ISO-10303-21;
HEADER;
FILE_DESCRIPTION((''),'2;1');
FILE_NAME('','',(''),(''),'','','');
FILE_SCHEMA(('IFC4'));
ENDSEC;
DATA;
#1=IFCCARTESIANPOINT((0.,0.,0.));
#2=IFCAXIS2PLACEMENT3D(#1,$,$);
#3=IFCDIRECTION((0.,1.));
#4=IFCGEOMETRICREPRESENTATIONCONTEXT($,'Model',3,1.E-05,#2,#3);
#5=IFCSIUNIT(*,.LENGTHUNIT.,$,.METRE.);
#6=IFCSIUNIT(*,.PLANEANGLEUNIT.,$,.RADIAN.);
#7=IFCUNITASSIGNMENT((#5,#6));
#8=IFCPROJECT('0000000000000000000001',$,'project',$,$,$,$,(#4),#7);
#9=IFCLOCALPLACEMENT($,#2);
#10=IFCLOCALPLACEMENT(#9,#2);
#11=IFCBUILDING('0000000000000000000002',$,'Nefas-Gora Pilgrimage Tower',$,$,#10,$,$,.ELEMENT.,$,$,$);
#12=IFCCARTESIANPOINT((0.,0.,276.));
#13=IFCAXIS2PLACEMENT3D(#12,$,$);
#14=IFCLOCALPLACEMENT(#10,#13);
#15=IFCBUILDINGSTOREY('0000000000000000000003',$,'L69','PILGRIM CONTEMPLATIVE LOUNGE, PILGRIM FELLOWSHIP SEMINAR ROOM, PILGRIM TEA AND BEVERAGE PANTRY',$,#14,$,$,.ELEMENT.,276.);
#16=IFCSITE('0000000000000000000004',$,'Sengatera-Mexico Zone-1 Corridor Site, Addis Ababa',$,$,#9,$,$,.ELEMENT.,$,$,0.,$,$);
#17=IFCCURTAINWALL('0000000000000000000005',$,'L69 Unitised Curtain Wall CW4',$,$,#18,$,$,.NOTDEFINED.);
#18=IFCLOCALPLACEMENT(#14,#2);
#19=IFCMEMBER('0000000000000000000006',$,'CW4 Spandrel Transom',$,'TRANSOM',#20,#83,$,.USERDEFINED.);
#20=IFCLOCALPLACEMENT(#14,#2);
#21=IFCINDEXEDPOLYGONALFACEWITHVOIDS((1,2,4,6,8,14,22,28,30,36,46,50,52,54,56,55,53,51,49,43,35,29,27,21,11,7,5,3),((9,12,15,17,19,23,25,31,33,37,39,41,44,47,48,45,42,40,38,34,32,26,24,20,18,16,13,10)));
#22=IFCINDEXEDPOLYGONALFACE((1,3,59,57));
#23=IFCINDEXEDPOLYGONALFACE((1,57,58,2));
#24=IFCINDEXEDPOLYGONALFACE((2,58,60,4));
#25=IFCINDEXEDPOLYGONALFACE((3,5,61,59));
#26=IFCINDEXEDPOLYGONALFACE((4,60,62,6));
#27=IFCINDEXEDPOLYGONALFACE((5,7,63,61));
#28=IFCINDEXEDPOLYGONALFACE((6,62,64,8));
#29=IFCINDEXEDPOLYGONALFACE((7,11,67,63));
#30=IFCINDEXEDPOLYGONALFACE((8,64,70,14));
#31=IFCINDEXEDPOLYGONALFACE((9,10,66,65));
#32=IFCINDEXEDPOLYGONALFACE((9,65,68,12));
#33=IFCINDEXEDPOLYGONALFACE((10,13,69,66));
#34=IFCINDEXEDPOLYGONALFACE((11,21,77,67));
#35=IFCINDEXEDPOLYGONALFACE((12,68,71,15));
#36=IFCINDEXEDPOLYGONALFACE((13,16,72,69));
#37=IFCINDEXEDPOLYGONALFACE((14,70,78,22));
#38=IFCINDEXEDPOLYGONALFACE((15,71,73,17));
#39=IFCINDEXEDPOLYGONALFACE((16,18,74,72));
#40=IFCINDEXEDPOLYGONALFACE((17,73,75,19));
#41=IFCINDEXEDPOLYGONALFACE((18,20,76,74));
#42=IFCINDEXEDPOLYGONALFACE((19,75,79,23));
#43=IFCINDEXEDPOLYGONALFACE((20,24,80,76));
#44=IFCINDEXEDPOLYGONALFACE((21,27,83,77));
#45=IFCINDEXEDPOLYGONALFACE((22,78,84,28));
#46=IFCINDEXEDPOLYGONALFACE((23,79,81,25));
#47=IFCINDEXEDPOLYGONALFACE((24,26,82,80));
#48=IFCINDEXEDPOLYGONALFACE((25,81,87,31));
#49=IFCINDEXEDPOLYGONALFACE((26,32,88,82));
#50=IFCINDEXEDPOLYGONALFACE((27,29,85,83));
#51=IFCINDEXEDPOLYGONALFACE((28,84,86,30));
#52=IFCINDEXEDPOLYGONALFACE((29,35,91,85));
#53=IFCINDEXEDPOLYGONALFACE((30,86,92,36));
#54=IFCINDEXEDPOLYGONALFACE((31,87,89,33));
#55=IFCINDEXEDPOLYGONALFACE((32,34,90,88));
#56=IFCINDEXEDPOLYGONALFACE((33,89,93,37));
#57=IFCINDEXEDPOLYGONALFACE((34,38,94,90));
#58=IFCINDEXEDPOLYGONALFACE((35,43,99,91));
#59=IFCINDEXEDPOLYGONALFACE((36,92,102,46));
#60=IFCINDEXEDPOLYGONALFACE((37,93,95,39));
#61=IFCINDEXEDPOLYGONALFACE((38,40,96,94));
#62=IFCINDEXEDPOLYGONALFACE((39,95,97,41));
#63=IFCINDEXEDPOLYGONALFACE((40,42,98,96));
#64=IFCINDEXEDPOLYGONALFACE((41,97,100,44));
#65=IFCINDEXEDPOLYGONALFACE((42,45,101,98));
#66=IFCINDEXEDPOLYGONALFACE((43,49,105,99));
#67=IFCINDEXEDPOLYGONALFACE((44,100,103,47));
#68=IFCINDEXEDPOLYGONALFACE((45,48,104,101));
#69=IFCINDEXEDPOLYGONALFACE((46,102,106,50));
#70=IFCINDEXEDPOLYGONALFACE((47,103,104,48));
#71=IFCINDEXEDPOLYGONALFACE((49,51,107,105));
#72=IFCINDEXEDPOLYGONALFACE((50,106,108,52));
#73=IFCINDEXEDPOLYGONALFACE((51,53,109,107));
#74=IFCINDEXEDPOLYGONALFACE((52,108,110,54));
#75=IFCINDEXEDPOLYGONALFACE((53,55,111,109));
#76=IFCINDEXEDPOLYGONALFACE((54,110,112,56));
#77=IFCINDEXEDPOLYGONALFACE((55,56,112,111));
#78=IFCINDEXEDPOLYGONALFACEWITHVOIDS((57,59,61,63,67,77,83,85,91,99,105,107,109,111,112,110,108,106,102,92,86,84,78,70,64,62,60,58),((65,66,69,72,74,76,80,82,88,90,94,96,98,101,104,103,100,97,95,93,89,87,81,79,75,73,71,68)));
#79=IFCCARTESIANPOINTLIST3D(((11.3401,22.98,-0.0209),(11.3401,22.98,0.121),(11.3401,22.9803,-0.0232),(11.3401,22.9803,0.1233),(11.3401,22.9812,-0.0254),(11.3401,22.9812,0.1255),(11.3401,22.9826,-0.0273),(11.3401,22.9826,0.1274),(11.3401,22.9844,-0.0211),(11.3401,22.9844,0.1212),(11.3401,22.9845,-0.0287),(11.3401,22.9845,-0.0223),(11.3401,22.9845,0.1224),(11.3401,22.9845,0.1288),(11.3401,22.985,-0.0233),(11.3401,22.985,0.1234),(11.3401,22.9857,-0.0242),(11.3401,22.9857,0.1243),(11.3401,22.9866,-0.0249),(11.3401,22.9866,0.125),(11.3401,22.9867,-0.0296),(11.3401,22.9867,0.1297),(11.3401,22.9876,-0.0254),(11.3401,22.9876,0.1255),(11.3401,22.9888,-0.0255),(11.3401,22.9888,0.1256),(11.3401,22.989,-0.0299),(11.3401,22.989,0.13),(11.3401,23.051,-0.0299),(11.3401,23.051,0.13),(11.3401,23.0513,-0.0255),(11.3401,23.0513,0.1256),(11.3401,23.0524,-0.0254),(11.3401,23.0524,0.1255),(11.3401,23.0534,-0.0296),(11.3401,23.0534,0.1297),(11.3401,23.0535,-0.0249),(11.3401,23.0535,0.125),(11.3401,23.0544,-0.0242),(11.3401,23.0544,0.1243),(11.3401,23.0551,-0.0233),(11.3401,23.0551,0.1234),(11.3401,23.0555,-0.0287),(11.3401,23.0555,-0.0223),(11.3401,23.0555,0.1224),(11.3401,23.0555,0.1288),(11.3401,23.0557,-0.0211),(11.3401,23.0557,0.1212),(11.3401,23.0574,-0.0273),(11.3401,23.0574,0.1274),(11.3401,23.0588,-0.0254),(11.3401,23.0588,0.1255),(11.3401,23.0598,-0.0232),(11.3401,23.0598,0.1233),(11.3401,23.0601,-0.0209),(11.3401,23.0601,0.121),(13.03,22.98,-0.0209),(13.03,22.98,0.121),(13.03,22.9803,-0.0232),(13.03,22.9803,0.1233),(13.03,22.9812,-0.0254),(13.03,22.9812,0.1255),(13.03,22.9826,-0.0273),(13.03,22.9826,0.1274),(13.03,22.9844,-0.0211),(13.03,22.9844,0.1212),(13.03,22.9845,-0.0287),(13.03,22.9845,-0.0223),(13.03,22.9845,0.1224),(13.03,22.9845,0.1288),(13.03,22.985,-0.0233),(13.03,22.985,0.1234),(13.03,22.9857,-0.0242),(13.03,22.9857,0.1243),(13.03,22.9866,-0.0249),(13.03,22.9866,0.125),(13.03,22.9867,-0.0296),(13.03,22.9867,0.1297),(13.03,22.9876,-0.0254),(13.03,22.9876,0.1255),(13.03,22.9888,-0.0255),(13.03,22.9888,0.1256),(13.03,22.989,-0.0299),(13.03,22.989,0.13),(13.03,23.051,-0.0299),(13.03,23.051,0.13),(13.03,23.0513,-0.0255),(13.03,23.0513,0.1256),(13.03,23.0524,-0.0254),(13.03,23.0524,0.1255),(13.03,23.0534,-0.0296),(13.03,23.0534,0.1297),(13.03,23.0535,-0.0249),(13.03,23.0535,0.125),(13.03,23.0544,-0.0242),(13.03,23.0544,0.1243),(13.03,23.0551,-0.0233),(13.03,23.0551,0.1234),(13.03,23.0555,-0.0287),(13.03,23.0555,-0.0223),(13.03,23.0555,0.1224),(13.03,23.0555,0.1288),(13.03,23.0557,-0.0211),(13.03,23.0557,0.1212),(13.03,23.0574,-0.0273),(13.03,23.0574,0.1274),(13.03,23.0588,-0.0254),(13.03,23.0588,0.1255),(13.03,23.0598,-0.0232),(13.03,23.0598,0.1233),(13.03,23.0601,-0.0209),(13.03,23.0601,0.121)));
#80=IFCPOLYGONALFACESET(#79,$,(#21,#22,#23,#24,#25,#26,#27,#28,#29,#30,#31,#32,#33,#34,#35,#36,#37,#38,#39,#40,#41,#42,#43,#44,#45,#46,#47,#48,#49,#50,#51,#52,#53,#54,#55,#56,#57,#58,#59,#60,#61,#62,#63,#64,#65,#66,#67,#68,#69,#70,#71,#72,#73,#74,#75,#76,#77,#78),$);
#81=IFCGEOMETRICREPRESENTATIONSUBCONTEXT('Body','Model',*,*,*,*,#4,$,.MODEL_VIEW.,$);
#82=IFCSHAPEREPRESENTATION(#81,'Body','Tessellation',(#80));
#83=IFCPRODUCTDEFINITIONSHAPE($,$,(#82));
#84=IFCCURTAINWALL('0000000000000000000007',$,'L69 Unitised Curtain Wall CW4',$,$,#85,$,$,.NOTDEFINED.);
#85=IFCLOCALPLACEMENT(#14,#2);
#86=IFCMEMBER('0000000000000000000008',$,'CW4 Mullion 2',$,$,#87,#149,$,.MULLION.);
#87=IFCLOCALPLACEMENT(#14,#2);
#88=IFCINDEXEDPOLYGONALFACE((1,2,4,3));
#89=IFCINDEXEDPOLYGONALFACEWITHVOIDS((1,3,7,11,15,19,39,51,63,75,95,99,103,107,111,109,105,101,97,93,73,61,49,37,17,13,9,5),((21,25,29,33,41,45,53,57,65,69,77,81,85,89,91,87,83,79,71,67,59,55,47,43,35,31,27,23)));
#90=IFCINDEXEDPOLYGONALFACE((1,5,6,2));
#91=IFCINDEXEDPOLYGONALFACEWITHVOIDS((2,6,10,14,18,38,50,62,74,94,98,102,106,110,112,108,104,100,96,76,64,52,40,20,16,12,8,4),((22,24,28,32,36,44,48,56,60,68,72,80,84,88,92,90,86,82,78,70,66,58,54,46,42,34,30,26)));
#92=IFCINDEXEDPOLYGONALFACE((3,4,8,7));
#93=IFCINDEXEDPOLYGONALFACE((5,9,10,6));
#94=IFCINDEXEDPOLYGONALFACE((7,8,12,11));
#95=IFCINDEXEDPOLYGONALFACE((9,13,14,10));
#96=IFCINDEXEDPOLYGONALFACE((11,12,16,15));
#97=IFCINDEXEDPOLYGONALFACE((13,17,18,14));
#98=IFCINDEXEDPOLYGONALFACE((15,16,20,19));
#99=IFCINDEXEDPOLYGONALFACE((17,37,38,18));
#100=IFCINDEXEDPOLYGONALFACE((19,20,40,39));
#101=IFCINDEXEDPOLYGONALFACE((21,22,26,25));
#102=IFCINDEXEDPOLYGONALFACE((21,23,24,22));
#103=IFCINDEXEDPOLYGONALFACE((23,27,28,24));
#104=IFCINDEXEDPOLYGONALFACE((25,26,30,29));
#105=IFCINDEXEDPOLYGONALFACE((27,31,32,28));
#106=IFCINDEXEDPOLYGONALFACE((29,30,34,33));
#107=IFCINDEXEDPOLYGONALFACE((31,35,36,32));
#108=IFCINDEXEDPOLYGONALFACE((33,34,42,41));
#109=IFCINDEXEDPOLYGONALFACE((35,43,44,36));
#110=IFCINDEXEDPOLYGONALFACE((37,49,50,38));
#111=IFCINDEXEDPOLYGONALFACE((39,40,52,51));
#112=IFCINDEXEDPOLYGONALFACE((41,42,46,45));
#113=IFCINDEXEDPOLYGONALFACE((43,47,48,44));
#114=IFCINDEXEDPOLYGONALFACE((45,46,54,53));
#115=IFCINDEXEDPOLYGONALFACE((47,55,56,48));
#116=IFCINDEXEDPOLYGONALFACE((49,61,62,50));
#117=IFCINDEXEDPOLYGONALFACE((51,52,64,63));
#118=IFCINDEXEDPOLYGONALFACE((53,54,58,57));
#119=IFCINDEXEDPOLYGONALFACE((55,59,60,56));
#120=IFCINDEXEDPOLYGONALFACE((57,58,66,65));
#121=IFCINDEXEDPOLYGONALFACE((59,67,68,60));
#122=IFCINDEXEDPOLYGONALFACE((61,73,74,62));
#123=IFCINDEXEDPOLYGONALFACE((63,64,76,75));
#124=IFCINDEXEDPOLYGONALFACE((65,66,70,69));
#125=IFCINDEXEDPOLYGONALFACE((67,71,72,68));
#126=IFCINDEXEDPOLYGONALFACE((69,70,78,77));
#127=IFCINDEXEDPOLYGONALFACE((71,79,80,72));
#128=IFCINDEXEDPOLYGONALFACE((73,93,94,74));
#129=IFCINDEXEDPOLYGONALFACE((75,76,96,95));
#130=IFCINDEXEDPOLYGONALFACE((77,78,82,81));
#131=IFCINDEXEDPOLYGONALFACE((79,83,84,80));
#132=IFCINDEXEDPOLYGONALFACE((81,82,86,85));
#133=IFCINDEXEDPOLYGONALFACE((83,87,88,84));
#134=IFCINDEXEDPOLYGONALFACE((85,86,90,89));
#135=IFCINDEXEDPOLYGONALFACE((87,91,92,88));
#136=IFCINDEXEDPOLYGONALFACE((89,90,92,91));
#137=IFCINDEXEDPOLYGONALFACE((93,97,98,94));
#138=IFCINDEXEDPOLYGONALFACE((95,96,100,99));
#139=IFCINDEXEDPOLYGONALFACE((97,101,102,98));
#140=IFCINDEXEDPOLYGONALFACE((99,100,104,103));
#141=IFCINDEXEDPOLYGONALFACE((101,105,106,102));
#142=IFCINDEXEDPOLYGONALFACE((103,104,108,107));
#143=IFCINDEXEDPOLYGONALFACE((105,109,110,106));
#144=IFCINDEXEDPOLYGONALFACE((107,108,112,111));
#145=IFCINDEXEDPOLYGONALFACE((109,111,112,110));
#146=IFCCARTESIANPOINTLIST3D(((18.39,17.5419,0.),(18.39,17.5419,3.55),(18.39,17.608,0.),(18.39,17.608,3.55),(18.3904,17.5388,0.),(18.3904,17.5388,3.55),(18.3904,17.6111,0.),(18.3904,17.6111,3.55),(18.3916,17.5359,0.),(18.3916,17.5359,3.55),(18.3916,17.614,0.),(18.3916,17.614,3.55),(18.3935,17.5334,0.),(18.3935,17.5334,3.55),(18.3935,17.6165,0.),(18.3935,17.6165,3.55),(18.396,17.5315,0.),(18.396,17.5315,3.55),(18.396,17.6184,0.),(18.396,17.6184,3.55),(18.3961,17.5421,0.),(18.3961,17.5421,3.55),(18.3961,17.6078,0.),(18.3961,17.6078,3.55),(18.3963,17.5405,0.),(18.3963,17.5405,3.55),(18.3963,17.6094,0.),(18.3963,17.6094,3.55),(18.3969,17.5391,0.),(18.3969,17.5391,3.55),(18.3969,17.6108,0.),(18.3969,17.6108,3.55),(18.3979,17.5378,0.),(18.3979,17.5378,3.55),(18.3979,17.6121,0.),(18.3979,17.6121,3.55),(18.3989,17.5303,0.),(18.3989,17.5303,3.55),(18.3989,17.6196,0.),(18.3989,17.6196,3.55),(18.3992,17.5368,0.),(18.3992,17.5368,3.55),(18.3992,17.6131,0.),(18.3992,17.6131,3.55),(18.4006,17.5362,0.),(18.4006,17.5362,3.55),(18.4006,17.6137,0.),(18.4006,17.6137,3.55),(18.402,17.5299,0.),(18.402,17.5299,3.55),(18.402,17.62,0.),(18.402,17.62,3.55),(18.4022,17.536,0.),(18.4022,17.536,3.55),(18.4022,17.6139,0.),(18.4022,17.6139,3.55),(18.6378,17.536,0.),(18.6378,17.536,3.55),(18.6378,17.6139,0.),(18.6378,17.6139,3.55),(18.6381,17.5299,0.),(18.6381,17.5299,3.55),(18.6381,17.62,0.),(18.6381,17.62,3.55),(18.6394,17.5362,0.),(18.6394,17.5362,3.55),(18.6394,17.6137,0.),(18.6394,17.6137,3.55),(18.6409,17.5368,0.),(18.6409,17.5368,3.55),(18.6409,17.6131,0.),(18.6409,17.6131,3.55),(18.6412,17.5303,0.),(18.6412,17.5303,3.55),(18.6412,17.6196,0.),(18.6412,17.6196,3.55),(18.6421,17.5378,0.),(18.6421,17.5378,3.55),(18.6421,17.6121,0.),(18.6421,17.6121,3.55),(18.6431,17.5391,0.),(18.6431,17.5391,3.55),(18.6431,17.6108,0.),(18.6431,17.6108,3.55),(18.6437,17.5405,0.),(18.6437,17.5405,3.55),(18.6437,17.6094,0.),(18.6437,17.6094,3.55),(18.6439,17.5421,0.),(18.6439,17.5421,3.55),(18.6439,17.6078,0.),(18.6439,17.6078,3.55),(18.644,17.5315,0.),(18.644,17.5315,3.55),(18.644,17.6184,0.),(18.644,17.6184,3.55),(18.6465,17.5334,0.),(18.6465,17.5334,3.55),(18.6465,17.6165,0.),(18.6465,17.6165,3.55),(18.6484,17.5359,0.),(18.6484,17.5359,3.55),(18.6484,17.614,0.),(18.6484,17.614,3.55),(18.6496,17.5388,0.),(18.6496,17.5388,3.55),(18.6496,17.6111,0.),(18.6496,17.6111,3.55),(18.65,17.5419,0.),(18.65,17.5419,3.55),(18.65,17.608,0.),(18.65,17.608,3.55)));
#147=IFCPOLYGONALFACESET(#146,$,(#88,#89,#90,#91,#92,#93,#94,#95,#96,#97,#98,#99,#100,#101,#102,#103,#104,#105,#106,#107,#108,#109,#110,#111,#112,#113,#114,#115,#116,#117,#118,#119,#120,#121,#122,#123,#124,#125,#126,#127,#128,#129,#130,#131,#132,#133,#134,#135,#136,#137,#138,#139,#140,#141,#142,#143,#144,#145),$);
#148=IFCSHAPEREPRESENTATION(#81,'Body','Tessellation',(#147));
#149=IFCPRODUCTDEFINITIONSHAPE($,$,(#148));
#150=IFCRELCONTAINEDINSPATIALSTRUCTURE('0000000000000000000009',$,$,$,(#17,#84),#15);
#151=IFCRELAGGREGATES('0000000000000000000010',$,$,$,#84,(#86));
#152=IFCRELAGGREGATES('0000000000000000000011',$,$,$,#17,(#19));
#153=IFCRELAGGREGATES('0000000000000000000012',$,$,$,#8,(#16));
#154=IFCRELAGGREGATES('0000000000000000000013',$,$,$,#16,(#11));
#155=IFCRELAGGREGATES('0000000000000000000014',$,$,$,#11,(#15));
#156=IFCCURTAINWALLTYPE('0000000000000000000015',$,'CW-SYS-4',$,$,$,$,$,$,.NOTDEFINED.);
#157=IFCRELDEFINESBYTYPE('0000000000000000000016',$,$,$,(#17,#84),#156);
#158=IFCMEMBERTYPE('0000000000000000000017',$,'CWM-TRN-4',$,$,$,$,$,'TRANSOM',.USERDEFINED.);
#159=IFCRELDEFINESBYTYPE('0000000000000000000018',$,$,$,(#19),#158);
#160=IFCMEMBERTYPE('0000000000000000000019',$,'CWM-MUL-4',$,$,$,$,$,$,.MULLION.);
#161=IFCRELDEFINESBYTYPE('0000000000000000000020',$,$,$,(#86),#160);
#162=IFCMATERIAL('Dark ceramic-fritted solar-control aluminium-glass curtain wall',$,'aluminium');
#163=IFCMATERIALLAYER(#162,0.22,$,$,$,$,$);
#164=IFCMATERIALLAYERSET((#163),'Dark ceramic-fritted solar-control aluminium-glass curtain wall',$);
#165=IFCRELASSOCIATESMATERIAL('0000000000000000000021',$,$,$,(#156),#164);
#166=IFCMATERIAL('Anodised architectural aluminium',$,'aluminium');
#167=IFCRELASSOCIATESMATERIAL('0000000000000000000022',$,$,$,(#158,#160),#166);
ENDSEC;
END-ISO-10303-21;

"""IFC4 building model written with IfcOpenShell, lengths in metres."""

from ifc_helpers import new_model, si_unit, direction, frame, origin, origin_2d, place, context, subcontext, project, spatial, hollow_rectangle, extrude, source, transform, mapped, material, layer, layer_set, material_profile, profile_set, type_object, element, aggregate, save


model = new_model("IFC4")

# Units and contexts
model_context = context("Model", 3, precision=1e-05, world=origin(), true_north=direction((0.0, 1.0)))
body_context = subcontext(model_context, "Body", "Model", "MODEL_VIEW")
ifc_project = project(units=[si_unit("LENGTHUNIT", "METRE"), si_unit("PLANEANGLEUNIT", "RADIAN")], contexts=[model_context])

# Site, building, storey
site_placement = place(None, origin())
site = spatial("IfcSite", under=ifc_project, at=site_placement, Name="Sengatera-Mexico Zone-1 Corridor Site, Addis Ababa", CompositionType="ELEMENT", RefElevation=0.0)
building_placement = place(site_placement, origin())
building = spatial("IfcBuilding", under=site, at=building_placement, Name="Nefas-Gora Pilgrimage Tower", CompositionType="ELEMENT")
storey_placement = place(building_placement, frame((0.0, 0.0, 276.0)))
storey = spatial("IfcBuildingStorey", under=building, at=storey_placement, Name="L69", Description="PILGRIM CONTEMPLATIVE LOUNGE, PILGRIM FELLOWSHIP SEMINAR ROOM, PILGRIM TEA AND BEVERAGE PANTRY", CompositionType="ELEMENT", Elevation=276.0)

# Shared definitions
ifc_material_1 = material(Name="Dark ceramic-fritted solar-control aluminium-glass curtain wall", Category="aluminium")
ifc_material_2 = material(Name="Anodised architectural aluminium", Category="aluminium")

# Curtain walls, members
ifc_layer_1 = layer(ifc_material_1, 0.22)
ifc_layer_set_1 = layer_set([ifc_layer_1], Name="Dark ceramic-fritted solar-control aluminium-glass curtain wall")
curtain_wall_type_1 = type_object("IfcCurtainWallType", Name="CW-SYS-4", PredefinedType="NOTDEFINED", material=ifc_layer_set_1)
curtain_wall_1_placement = place(storey_placement, origin())
curtain_wall_1 = element("IfcCurtainWall", 1, at=curtain_wall_1_placement, inside=storey, type_object=curtain_wall_type_1, Name="L69 Unitised Curtain Wall CW4", PredefinedType="NOTDEFINED")
ifc_material_profile_1 = material_profile(ifc_material_2, hollow_rectangle(XDim=0.0801, YDim=0.1599, WallThickness=0.0044, InnerFilletRadius=0.0044, OuterFilletRadius=0.009, at=origin_2d()), Name="ALU TRANSOM 80x160")
ifc_profile_set_1 = profile_set([ifc_material_profile_1], Name="Anodised architectural aluminium")
member_type_1 = type_object("IfcMemberType", Name="CWM-TRN-4", ElementType="TRANSOM", PredefinedType="USERDEFINED", material=ifc_profile_set_1)
shared_shape_1 = source(origin(), body_context, "Body", "SweptSolid", [
    extrude(hollow_rectangle(XDim=0.0801, YDim=0.1599, WallThickness=0.0044, InnerFilletRadius=0.0044, OuterFilletRadius=0.009, at=origin_2d()), origin(), (0.0, 0.0, 1.0), 1.6899),
])
member_1_placement = place(storey_placement, frame((13.03, 23.02, 0.05), z_axis=(-1.0, 0.0, 0.0), x_axis=(0.0, -1.0, 0.0)))
member_1 = element("IfcMember", 2, at=member_1_placement, type_object=member_type_1, Name="CW4 Spandrel Transom", ObjectType="TRANSOM", PredefinedType="USERDEFINED", context=body_context, shape_type="MappedRepresentation", body=[
    mapped(shared_shape_1, transform((0.0, 0.0, 0.0), x_axis=(1.0, 0.0, 0.0), y_axis=(0.0, 1.0, 0.0), z_axis=(0.0, 0.0, 1.0), scale=1.0)),
])
curtain_wall_2_placement = place(storey_placement, origin())
curtain_wall_2 = element("IfcCurtainWall", 3, at=curtain_wall_2_placement, inside=storey, type_object=curtain_wall_type_1, Name="L69 Unitised Curtain Wall CW4", PredefinedType="NOTDEFINED")
ifc_material_profile_2 = material_profile(ifc_material_2, hollow_rectangle(XDim=0.0901, YDim=0.26, WallThickness=0.0061, InnerFilletRadius=0.0061, OuterFilletRadius=0.012, at=origin_2d()), Name="ALU MULLION 90x260")
ifc_profile_set_2 = profile_set([ifc_material_profile_2], Name="Anodised architectural aluminium")
member_type_2 = type_object("IfcMemberType", Name="CWM-MUL-4", PredefinedType="MULLION", material=ifc_profile_set_2)
shared_shape_2 = source(origin(), body_context, "Body", "SweptSolid", [
    extrude(hollow_rectangle(XDim=0.0901, YDim=0.26, WallThickness=0.0061, InnerFilletRadius=0.0061, OuterFilletRadius=0.012, at=origin_2d()), origin(), (0.0, 0.0, 1.0), 3.55),
])
member_2_placement = place(storey_placement, frame((18.52, 17.575, 0.0), z_axis=(0.0, 0.0, 1.0), x_axis=(0.0, 1.0, 0.0)))
member_2 = element("IfcMember", 4, at=member_2_placement, type_object=member_type_2, Name="CW4 Mullion 2", PredefinedType="MULLION", context=body_context, shape_type="MappedRepresentation", body=[
    mapped(shared_shape_2, transform((0.0, 0.0, 0.0), x_axis=(1.0, 0.0, 0.0), y_axis=(0.0, 1.0, 0.0), z_axis=(0.0, 0.0, 1.0), scale=1.0)),
])

aggregate(curtain_wall_2, [member_2])
aggregate(curtain_wall_1, [member_1])

save(model, "model.ifc")
